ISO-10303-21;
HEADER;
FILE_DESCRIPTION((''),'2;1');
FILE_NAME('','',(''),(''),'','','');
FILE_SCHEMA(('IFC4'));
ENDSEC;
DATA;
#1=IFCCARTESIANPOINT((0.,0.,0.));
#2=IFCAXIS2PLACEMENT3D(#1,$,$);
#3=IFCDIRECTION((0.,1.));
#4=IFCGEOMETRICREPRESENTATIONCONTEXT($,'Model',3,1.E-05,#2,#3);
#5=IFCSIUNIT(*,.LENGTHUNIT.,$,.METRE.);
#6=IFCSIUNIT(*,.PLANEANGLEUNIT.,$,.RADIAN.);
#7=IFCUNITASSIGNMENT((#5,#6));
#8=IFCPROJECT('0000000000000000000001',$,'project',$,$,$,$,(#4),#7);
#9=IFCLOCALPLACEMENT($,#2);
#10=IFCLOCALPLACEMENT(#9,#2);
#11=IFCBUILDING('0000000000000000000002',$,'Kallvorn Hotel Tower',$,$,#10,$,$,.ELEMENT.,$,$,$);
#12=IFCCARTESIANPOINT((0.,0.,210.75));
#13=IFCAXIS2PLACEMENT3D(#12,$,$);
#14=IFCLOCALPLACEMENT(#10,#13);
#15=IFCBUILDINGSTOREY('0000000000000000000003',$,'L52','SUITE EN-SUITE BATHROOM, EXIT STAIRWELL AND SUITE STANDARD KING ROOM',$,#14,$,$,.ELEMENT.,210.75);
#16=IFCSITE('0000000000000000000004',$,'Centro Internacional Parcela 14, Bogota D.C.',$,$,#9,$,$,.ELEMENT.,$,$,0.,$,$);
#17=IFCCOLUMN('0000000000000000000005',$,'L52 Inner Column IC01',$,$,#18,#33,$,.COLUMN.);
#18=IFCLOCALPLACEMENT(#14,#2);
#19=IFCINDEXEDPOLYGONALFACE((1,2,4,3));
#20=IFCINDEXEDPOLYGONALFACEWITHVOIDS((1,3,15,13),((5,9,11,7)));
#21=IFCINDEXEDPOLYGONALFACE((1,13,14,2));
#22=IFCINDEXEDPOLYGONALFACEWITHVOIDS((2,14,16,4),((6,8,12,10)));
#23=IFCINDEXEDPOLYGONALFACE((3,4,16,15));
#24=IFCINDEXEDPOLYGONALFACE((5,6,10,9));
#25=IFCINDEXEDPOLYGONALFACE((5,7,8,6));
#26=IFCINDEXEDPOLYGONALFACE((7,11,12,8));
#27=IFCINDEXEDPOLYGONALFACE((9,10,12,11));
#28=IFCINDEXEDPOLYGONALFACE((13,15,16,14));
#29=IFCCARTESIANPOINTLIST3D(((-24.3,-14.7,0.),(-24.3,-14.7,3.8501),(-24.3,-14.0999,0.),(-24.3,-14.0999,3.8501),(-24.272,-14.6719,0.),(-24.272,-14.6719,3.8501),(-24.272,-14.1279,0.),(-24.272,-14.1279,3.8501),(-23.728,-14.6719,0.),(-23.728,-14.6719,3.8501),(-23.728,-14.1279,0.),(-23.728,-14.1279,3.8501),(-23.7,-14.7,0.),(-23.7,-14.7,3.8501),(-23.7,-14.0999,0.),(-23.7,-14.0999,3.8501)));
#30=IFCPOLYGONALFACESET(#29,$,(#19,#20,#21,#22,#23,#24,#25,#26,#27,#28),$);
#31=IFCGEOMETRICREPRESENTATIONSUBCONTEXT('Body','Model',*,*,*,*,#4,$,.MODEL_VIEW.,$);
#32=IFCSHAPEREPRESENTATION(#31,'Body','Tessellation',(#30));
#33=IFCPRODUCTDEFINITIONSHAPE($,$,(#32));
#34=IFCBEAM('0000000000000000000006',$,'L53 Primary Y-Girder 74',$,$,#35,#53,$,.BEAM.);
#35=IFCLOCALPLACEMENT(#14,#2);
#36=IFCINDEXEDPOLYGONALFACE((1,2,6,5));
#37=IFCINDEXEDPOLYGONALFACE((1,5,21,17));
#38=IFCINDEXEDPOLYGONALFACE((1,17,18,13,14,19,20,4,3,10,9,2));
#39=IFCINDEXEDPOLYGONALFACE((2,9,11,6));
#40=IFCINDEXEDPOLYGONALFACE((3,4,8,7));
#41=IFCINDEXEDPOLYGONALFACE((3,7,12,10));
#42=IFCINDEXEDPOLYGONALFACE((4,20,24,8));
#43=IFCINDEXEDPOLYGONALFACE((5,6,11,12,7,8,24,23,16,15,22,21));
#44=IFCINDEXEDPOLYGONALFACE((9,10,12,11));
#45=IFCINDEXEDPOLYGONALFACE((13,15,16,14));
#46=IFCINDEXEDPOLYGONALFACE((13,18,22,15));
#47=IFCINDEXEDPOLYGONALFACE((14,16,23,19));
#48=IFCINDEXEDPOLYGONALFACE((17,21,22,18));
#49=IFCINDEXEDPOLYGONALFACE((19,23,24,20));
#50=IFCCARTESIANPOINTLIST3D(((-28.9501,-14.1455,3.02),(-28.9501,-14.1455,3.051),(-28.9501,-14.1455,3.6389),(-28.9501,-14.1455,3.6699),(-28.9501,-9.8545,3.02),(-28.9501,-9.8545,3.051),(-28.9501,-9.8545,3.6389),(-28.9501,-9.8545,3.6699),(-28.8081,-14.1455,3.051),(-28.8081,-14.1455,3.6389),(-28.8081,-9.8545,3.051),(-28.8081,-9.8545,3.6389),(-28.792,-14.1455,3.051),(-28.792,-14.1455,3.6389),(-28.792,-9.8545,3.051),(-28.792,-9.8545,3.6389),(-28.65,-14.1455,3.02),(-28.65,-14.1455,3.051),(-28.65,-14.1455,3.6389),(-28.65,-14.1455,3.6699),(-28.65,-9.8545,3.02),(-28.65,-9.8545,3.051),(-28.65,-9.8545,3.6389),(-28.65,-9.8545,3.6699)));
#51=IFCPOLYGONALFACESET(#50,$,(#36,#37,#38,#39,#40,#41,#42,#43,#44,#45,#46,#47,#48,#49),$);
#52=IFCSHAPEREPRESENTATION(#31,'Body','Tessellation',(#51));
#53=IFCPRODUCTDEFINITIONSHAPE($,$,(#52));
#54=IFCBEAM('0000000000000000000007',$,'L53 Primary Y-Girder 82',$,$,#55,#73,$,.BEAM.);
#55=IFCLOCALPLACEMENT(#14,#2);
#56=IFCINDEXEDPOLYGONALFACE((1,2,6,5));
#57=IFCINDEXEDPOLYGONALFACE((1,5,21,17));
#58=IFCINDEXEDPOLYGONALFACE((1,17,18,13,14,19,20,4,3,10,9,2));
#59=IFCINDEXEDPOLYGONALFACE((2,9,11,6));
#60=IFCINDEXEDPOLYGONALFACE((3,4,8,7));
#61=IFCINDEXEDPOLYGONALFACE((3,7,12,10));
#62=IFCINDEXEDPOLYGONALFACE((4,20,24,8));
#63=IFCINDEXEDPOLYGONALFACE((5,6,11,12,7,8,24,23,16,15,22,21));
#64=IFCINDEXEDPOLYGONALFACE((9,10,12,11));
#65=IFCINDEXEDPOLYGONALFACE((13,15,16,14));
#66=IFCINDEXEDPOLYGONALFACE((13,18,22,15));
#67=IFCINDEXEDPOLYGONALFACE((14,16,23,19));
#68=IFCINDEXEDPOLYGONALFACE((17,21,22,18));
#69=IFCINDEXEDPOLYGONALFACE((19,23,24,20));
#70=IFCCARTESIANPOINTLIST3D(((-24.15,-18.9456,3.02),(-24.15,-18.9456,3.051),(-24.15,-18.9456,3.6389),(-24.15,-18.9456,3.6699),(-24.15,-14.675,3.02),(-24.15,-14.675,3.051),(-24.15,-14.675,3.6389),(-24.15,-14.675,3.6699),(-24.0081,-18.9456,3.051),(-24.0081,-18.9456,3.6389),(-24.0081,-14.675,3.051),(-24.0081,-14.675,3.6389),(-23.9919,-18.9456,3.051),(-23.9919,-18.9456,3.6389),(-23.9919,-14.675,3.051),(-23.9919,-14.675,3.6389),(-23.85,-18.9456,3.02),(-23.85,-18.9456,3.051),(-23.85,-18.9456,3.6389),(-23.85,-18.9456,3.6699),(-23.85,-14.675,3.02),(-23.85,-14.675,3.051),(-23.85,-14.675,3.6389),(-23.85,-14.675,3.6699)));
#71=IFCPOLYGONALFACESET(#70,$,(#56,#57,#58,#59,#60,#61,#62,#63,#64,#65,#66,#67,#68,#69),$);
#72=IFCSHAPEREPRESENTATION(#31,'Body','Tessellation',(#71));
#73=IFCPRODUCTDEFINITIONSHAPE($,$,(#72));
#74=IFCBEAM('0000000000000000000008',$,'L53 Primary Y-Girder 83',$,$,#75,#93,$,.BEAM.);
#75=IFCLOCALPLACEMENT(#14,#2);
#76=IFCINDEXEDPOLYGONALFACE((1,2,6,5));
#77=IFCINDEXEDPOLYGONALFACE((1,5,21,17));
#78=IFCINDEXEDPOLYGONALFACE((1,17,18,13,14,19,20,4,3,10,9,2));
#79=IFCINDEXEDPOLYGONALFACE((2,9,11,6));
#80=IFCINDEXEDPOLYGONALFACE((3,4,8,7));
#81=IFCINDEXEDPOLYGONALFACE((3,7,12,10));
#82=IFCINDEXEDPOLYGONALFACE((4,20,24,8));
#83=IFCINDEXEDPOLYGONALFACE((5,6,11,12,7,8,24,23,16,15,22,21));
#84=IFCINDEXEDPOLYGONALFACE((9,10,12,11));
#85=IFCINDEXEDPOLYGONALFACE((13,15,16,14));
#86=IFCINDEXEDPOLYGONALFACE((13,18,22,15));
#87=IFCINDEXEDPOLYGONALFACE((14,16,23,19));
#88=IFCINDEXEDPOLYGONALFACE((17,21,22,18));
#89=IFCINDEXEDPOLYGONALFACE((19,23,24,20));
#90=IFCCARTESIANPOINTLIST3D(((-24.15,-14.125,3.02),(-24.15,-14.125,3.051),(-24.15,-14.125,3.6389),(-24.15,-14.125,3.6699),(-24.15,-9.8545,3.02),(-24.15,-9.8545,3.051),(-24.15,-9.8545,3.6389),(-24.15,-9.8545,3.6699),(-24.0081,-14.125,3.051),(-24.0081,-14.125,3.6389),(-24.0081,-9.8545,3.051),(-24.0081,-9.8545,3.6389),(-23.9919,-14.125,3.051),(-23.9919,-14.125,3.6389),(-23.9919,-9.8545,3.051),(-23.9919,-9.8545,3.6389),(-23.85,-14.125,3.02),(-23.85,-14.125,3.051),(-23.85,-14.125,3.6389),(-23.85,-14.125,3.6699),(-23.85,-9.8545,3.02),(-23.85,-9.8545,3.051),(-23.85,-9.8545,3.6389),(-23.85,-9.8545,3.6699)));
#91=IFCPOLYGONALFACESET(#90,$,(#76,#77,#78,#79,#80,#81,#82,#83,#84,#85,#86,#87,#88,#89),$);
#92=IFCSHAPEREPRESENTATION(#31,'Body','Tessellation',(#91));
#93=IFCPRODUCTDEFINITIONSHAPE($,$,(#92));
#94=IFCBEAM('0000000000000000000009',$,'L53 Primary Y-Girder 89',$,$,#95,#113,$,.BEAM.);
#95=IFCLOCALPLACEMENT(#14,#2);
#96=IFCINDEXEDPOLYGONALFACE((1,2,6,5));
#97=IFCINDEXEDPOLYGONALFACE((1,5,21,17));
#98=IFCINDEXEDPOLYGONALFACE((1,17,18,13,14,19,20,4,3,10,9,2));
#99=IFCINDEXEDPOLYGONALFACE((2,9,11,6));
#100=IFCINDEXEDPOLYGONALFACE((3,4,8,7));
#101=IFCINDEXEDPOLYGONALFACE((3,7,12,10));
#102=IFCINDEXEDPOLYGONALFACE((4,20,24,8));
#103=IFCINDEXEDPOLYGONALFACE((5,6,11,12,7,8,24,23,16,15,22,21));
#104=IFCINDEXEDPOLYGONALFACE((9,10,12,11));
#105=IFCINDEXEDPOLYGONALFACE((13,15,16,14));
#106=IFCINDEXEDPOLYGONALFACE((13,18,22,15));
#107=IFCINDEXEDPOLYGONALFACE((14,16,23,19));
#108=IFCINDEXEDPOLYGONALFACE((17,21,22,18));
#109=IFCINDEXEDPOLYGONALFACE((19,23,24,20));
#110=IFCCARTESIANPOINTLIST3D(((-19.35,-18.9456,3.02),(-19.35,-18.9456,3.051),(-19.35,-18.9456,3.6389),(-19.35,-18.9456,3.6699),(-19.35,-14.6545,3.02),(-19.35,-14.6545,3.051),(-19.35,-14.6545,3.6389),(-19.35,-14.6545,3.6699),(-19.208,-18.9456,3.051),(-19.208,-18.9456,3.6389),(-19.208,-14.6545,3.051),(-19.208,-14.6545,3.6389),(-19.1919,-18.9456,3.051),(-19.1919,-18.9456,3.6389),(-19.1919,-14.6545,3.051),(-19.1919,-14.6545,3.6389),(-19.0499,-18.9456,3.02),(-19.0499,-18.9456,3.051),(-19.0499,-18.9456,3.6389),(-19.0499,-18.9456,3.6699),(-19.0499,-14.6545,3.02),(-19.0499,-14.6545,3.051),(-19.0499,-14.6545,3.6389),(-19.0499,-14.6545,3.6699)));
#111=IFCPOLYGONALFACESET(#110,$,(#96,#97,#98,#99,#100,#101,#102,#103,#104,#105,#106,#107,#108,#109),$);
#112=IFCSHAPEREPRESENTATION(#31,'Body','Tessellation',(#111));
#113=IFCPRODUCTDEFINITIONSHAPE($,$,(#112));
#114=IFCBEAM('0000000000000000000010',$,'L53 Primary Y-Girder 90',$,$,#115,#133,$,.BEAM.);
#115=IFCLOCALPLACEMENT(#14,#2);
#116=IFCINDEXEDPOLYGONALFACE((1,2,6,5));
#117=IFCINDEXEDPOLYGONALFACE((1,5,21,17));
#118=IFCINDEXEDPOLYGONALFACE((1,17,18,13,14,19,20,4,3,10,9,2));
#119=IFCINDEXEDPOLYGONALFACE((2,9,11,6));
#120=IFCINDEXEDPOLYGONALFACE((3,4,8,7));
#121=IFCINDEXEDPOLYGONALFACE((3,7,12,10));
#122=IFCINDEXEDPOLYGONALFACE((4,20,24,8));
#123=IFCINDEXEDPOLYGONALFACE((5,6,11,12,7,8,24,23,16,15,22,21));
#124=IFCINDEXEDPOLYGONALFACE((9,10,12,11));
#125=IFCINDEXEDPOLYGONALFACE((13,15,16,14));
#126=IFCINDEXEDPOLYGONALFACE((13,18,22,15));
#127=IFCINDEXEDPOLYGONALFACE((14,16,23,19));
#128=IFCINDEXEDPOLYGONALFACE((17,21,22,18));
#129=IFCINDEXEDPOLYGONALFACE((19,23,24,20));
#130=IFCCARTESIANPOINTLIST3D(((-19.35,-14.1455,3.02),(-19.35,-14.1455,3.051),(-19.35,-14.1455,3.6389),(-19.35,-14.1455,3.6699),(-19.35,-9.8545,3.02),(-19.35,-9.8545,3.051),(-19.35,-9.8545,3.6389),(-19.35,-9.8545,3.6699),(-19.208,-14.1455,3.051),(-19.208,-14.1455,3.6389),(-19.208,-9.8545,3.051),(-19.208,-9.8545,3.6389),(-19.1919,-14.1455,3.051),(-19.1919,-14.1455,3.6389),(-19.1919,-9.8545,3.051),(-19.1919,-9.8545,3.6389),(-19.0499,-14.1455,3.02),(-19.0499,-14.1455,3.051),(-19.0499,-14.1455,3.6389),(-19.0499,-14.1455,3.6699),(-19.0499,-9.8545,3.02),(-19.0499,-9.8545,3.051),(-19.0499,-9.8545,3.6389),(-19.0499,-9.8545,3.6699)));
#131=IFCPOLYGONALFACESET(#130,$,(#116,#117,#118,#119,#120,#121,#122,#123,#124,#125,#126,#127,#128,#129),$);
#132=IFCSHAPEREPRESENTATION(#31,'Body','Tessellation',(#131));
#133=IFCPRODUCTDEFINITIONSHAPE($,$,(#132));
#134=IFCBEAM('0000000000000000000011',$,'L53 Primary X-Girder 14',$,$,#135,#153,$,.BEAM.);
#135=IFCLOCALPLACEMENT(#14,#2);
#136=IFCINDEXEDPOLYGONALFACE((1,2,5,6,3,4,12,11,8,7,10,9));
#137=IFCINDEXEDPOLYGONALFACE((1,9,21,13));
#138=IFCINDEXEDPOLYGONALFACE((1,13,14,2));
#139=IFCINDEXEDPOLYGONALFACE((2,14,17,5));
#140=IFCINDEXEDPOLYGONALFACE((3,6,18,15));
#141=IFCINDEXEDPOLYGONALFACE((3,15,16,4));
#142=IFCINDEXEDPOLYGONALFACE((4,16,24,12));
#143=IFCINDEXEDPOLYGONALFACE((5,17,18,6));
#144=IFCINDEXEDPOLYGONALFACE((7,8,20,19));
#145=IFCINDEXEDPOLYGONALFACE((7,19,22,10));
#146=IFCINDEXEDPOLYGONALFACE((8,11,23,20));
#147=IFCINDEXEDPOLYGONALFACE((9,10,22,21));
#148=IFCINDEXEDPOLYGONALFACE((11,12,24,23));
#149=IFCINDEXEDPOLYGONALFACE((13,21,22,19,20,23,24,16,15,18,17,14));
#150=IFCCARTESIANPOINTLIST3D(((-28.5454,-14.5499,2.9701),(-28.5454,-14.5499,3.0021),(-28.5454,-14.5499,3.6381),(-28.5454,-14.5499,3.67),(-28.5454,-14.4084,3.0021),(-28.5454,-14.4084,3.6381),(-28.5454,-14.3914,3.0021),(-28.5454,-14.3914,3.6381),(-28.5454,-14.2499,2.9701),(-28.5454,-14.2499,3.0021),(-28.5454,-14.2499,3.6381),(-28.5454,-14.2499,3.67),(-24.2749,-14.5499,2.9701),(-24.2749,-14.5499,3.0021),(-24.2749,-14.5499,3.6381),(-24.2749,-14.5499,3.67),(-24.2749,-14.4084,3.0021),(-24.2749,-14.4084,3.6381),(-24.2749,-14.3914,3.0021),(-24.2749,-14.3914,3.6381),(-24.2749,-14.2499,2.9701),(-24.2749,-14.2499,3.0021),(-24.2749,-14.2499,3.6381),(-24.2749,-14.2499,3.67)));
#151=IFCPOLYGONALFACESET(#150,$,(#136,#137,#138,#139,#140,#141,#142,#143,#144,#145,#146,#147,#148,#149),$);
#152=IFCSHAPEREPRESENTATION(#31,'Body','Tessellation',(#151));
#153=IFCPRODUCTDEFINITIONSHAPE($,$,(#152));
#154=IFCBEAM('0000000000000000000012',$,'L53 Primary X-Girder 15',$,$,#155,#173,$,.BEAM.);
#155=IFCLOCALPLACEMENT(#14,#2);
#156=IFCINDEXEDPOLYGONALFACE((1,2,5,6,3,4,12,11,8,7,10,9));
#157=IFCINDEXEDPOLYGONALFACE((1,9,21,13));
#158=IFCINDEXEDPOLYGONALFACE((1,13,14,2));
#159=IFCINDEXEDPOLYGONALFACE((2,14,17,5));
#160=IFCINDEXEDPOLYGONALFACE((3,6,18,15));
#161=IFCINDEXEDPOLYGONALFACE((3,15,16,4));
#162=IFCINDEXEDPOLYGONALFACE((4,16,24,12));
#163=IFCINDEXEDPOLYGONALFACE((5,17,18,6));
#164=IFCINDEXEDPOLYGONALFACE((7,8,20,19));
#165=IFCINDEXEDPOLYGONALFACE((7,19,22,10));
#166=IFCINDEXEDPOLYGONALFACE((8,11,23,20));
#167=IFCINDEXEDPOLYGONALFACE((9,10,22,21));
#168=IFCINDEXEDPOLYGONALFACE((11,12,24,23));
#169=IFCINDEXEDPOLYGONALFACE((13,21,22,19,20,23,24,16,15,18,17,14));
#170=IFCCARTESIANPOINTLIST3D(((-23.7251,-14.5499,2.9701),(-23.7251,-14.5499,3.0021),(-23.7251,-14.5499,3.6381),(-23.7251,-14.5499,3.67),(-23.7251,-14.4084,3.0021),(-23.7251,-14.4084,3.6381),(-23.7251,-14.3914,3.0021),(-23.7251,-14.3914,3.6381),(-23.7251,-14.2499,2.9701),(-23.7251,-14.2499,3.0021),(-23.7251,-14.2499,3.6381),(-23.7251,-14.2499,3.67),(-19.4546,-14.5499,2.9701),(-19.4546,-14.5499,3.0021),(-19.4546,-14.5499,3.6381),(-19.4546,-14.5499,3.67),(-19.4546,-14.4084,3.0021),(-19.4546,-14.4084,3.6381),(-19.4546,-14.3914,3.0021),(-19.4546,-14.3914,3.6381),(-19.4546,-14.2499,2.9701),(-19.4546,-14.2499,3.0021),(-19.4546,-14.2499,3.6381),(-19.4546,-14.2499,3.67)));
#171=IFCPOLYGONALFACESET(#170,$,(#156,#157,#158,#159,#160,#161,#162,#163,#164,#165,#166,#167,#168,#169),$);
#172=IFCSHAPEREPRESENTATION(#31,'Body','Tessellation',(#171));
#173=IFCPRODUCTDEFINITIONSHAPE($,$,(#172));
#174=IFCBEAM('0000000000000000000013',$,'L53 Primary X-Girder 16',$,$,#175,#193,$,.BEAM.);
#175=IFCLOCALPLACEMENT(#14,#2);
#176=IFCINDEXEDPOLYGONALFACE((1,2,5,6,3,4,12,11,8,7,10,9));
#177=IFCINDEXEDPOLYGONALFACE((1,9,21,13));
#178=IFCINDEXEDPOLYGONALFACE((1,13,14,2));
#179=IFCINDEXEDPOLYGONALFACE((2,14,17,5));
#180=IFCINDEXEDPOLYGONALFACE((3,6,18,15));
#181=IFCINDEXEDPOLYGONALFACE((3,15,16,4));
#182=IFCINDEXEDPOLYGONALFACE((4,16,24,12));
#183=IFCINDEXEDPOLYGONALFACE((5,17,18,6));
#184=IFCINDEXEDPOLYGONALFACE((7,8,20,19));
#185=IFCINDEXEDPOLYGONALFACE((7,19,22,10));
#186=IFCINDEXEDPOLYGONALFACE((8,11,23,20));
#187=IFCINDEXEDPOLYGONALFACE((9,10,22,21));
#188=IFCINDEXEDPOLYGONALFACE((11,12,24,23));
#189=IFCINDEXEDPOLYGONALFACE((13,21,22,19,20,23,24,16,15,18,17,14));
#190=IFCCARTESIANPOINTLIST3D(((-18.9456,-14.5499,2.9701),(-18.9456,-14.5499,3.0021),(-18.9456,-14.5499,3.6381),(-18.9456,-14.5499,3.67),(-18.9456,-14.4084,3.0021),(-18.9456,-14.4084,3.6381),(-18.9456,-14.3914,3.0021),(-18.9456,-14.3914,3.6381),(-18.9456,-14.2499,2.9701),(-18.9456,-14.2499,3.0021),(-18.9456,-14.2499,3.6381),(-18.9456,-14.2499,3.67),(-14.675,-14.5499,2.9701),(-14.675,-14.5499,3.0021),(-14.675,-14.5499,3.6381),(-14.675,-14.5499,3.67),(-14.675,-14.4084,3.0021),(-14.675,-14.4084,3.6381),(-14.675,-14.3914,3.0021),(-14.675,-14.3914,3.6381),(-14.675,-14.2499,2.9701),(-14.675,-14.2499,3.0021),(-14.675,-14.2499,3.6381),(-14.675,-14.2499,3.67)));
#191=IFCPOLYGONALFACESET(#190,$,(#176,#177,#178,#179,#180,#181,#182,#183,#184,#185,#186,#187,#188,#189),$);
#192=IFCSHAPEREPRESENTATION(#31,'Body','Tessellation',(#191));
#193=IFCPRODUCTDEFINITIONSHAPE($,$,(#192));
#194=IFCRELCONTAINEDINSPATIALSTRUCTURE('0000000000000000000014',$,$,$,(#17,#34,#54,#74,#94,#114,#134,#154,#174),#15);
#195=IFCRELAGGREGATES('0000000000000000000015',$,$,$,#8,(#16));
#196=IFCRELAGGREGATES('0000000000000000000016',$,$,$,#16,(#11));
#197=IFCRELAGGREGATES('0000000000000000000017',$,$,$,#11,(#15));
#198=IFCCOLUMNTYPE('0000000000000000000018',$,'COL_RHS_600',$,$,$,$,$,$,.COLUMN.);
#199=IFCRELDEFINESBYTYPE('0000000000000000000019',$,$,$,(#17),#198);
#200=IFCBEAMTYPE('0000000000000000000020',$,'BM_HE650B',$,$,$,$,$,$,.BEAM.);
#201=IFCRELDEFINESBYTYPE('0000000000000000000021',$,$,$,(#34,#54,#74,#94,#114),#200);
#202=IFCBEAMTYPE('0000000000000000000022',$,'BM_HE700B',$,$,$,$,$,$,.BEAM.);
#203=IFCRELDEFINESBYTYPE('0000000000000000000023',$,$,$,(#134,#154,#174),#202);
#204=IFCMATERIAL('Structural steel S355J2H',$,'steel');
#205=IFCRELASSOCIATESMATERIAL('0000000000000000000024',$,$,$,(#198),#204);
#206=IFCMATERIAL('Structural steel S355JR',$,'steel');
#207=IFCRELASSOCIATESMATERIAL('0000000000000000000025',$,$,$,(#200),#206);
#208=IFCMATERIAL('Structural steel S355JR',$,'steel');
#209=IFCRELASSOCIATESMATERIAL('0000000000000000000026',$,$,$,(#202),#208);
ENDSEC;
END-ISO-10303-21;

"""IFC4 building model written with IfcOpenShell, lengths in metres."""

from ifc_helpers import new_model, si_unit, direction, frame, origin, origin_2d, place, context, subcontext, project, spatial, hollow_rectangle, i_section, extrude, material, material_profile, profile_set, type_object, element, save


model = new_model("IFC4")

# Units and contexts
model_context = context("Model", 3, precision=1e-05, world=origin(), true_north=direction((0.0, 1.0)))
body_context = subcontext(model_context, "Body", "Model", "MODEL_VIEW")
ifc_project = project(units=[si_unit("LENGTHUNIT", "METRE"), si_unit("PLANEANGLEUNIT", "RADIAN")], contexts=[model_context])

# Site, building, storey
site_placement = place(None, origin())
site = spatial("IfcSite", under=ifc_project, at=site_placement, Name="Centro Internacional Parcela 14, Bogota D.C.", CompositionType="ELEMENT", RefElevation=0.0)
building_placement = place(site_placement, origin())
building = spatial("IfcBuilding", under=site, at=building_placement, Name="Kallvorn Hotel Tower", CompositionType="ELEMENT")
storey_placement = place(building_placement, frame((0.0, 0.0, 210.75)))
storey = spatial("IfcBuildingStorey", under=building, at=storey_placement, Name="L52", Description="SUITE EN-SUITE BATHROOM, EXIT STAIRWELL AND SUITE STANDARD KING ROOM", CompositionType="ELEMENT", Elevation=210.75)

# Column
ifc_material_1 = material(Name="Structural steel S355J2H", Category="steel")
ifc_material_profile_1 = material_profile(ifc_material_1, hollow_rectangle(XDim=0.6001, YDim=0.6001, WallThickness=0.0281, at=origin_2d()), Name="RHS 600x600x28")
ifc_profile_set_1 = profile_set([ifc_material_profile_1], Name="Structural steel S355J2H")
column_type_1 = type_object("IfcColumnType", Name="COL_RHS_600", PredefinedType="COLUMN", material=ifc_profile_set_1)
column_placement = place(storey_placement, frame((-24.0, -14.3999, 0.0), z_axis=(0.0, 0.0, 1.0), x_axis=(1.0, 0.0, 0.0)))
element("IfcColumn", 1, at=column_placement, inside=storey, type_object=column_type_1, Name="L52 Inner Column IC01", PredefinedType="COLUMN", context=body_context, shape_type="SweptSolid", body=[
    extrude(hollow_rectangle(XDim=0.6001, YDim=0.6001, WallThickness=0.0281, at=origin_2d()), origin(), (0.0, 0.0, 1.0), 3.8501),
])

# Beams
ifc_material_2 = material(Name="Structural steel S355JR", Category="steel")
ifc_material_profile_2 = material_profile(ifc_material_2, i_section(OverallWidth=0.3, OverallDepth=0.6499, WebThickness=0.0161, FlangeThickness=0.031, at=origin_2d()), Name="HE 650 B")
ifc_profile_set_2 = profile_set([ifc_material_profile_2], Name="Structural steel S355JR")
beam_type_1 = type_object("IfcBeamType", Name="BM_HE650B", PredefinedType="BEAM", material=ifc_profile_set_2)
beam_1_placement = place(storey_placement, frame((-28.8, -14.1455, 3.345), z_axis=(0.0, 1.0, 0.0), x_axis=(-1.0, 0.0, 0.0)))
element("IfcBeam", 2, at=beam_1_placement, inside=storey, type_object=beam_type_1, Name="L53 Primary Y-Girder 74", PredefinedType="BEAM", context=body_context, shape_type="SweptSolid", body=[
    extrude(i_section(OverallWidth=0.3, OverallDepth=0.6499, WebThickness=0.0161, FlangeThickness=0.031, at=origin_2d()), origin(), (0.0, 0.0, 1.0), 4.291),
])
for number, where, z_axis, x_axis, name in (
    (3, (-24.0, -18.9456, 3.345), (0.0, 1.0, 0.0), (-1.0, 0.0, 0.0), "L53 Primary Y-Girder 82"),
    (4, (-24.0, -14.125, 3.345), (0.0, 1.0, 0.0), (-1.0, 0.0, 0.0), "L53 Primary Y-Girder 83"),
):
    element("IfcBeam", number, at=place(storey_placement, frame(where, z_axis=z_axis, x_axis=x_axis)), inside=storey, type_object=beam_type_1, Name=name, PredefinedType="BEAM", context=body_context, shape_type="SweptSolid", body=[
        extrude(i_section(OverallWidth=0.3, OverallDepth=0.6499, WebThickness=0.0161, FlangeThickness=0.031, at=origin_2d()), origin(), (0.0, 0.0, 1.0), 4.2705),
    ])
for number, where, z_axis, x_axis, name in (
    (5, (-19.2, -18.9456, 3.345), (0.0, 1.0, 0.0), (-1.0, 0.0, 0.0), "L53 Primary Y-Girder 89"),
    (6, (-19.2, -14.1455, 3.345), (0.0, 1.0, 0.0), (-1.0, 0.0, 0.0), "L53 Primary Y-Girder 90"),
):
    element("IfcBeam", number, at=place(storey_placement, frame(where, z_axis=z_axis, x_axis=x_axis)), inside=storey, type_object=beam_type_1, Name=name, PredefinedType="BEAM", context=body_context, shape_type="SweptSolid", body=[
        extrude(i_section(OverallWidth=0.3, OverallDepth=0.6499, WebThickness=0.0161, FlangeThickness=0.031, at=origin_2d()), origin(), (0.0, 0.0, 1.0), 4.291),
    ])
ifc_material_3 = material(Name="Structural steel S355JR", Category="steel")
ifc_material_profile_3 = material_profile(ifc_material_3, i_section(OverallWidth=0.3, OverallDepth=0.7, WebThickness=0.0171, FlangeThickness=0.032, at=origin_2d()), Name="HE 700 B")
ifc_profile_set_3 = profile_set([ifc_material_profile_3], Name="Structural steel S355JR")
beam_type_2 = type_object("IfcBeamType", Name="BM_HE700B", PredefinedType="BEAM", material=ifc_profile_set_3)
for number, where, z_axis, x_axis, name in (
    (7, (-28.5454, -14.3999, 3.3201), (1.0, 0.0, 0.0), (0.0, 1.0, 0.0), "L53 Primary X-Girder 14"),
    (8, (-23.7251, -14.3999, 3.3201), (1.0, 0.0, 0.0), (0.0, 1.0, 0.0), "L53 Primary X-Girder 15"),
    (9, (-18.9456, -14.3999, 3.3201), (1.0, 0.0, 0.0), (0.0, 1.0, 0.0), "L53 Primary X-Girder 16"),
):
    element("IfcBeam", number, at=place(storey_placement, frame(where, z_axis=z_axis, x_axis=x_axis)), inside=storey, type_object=beam_type_2, Name=name, PredefinedType="BEAM", context=body_context, shape_type="SweptSolid", body=[
        extrude(i_section(OverallWidth=0.3, OverallDepth=0.7, WebThickness=0.0171, FlangeThickness=0.032, at=origin_2d()), origin(), (0.0, 0.0, 1.0), 4.2705),
    ])

save(model, "model.ifc")
